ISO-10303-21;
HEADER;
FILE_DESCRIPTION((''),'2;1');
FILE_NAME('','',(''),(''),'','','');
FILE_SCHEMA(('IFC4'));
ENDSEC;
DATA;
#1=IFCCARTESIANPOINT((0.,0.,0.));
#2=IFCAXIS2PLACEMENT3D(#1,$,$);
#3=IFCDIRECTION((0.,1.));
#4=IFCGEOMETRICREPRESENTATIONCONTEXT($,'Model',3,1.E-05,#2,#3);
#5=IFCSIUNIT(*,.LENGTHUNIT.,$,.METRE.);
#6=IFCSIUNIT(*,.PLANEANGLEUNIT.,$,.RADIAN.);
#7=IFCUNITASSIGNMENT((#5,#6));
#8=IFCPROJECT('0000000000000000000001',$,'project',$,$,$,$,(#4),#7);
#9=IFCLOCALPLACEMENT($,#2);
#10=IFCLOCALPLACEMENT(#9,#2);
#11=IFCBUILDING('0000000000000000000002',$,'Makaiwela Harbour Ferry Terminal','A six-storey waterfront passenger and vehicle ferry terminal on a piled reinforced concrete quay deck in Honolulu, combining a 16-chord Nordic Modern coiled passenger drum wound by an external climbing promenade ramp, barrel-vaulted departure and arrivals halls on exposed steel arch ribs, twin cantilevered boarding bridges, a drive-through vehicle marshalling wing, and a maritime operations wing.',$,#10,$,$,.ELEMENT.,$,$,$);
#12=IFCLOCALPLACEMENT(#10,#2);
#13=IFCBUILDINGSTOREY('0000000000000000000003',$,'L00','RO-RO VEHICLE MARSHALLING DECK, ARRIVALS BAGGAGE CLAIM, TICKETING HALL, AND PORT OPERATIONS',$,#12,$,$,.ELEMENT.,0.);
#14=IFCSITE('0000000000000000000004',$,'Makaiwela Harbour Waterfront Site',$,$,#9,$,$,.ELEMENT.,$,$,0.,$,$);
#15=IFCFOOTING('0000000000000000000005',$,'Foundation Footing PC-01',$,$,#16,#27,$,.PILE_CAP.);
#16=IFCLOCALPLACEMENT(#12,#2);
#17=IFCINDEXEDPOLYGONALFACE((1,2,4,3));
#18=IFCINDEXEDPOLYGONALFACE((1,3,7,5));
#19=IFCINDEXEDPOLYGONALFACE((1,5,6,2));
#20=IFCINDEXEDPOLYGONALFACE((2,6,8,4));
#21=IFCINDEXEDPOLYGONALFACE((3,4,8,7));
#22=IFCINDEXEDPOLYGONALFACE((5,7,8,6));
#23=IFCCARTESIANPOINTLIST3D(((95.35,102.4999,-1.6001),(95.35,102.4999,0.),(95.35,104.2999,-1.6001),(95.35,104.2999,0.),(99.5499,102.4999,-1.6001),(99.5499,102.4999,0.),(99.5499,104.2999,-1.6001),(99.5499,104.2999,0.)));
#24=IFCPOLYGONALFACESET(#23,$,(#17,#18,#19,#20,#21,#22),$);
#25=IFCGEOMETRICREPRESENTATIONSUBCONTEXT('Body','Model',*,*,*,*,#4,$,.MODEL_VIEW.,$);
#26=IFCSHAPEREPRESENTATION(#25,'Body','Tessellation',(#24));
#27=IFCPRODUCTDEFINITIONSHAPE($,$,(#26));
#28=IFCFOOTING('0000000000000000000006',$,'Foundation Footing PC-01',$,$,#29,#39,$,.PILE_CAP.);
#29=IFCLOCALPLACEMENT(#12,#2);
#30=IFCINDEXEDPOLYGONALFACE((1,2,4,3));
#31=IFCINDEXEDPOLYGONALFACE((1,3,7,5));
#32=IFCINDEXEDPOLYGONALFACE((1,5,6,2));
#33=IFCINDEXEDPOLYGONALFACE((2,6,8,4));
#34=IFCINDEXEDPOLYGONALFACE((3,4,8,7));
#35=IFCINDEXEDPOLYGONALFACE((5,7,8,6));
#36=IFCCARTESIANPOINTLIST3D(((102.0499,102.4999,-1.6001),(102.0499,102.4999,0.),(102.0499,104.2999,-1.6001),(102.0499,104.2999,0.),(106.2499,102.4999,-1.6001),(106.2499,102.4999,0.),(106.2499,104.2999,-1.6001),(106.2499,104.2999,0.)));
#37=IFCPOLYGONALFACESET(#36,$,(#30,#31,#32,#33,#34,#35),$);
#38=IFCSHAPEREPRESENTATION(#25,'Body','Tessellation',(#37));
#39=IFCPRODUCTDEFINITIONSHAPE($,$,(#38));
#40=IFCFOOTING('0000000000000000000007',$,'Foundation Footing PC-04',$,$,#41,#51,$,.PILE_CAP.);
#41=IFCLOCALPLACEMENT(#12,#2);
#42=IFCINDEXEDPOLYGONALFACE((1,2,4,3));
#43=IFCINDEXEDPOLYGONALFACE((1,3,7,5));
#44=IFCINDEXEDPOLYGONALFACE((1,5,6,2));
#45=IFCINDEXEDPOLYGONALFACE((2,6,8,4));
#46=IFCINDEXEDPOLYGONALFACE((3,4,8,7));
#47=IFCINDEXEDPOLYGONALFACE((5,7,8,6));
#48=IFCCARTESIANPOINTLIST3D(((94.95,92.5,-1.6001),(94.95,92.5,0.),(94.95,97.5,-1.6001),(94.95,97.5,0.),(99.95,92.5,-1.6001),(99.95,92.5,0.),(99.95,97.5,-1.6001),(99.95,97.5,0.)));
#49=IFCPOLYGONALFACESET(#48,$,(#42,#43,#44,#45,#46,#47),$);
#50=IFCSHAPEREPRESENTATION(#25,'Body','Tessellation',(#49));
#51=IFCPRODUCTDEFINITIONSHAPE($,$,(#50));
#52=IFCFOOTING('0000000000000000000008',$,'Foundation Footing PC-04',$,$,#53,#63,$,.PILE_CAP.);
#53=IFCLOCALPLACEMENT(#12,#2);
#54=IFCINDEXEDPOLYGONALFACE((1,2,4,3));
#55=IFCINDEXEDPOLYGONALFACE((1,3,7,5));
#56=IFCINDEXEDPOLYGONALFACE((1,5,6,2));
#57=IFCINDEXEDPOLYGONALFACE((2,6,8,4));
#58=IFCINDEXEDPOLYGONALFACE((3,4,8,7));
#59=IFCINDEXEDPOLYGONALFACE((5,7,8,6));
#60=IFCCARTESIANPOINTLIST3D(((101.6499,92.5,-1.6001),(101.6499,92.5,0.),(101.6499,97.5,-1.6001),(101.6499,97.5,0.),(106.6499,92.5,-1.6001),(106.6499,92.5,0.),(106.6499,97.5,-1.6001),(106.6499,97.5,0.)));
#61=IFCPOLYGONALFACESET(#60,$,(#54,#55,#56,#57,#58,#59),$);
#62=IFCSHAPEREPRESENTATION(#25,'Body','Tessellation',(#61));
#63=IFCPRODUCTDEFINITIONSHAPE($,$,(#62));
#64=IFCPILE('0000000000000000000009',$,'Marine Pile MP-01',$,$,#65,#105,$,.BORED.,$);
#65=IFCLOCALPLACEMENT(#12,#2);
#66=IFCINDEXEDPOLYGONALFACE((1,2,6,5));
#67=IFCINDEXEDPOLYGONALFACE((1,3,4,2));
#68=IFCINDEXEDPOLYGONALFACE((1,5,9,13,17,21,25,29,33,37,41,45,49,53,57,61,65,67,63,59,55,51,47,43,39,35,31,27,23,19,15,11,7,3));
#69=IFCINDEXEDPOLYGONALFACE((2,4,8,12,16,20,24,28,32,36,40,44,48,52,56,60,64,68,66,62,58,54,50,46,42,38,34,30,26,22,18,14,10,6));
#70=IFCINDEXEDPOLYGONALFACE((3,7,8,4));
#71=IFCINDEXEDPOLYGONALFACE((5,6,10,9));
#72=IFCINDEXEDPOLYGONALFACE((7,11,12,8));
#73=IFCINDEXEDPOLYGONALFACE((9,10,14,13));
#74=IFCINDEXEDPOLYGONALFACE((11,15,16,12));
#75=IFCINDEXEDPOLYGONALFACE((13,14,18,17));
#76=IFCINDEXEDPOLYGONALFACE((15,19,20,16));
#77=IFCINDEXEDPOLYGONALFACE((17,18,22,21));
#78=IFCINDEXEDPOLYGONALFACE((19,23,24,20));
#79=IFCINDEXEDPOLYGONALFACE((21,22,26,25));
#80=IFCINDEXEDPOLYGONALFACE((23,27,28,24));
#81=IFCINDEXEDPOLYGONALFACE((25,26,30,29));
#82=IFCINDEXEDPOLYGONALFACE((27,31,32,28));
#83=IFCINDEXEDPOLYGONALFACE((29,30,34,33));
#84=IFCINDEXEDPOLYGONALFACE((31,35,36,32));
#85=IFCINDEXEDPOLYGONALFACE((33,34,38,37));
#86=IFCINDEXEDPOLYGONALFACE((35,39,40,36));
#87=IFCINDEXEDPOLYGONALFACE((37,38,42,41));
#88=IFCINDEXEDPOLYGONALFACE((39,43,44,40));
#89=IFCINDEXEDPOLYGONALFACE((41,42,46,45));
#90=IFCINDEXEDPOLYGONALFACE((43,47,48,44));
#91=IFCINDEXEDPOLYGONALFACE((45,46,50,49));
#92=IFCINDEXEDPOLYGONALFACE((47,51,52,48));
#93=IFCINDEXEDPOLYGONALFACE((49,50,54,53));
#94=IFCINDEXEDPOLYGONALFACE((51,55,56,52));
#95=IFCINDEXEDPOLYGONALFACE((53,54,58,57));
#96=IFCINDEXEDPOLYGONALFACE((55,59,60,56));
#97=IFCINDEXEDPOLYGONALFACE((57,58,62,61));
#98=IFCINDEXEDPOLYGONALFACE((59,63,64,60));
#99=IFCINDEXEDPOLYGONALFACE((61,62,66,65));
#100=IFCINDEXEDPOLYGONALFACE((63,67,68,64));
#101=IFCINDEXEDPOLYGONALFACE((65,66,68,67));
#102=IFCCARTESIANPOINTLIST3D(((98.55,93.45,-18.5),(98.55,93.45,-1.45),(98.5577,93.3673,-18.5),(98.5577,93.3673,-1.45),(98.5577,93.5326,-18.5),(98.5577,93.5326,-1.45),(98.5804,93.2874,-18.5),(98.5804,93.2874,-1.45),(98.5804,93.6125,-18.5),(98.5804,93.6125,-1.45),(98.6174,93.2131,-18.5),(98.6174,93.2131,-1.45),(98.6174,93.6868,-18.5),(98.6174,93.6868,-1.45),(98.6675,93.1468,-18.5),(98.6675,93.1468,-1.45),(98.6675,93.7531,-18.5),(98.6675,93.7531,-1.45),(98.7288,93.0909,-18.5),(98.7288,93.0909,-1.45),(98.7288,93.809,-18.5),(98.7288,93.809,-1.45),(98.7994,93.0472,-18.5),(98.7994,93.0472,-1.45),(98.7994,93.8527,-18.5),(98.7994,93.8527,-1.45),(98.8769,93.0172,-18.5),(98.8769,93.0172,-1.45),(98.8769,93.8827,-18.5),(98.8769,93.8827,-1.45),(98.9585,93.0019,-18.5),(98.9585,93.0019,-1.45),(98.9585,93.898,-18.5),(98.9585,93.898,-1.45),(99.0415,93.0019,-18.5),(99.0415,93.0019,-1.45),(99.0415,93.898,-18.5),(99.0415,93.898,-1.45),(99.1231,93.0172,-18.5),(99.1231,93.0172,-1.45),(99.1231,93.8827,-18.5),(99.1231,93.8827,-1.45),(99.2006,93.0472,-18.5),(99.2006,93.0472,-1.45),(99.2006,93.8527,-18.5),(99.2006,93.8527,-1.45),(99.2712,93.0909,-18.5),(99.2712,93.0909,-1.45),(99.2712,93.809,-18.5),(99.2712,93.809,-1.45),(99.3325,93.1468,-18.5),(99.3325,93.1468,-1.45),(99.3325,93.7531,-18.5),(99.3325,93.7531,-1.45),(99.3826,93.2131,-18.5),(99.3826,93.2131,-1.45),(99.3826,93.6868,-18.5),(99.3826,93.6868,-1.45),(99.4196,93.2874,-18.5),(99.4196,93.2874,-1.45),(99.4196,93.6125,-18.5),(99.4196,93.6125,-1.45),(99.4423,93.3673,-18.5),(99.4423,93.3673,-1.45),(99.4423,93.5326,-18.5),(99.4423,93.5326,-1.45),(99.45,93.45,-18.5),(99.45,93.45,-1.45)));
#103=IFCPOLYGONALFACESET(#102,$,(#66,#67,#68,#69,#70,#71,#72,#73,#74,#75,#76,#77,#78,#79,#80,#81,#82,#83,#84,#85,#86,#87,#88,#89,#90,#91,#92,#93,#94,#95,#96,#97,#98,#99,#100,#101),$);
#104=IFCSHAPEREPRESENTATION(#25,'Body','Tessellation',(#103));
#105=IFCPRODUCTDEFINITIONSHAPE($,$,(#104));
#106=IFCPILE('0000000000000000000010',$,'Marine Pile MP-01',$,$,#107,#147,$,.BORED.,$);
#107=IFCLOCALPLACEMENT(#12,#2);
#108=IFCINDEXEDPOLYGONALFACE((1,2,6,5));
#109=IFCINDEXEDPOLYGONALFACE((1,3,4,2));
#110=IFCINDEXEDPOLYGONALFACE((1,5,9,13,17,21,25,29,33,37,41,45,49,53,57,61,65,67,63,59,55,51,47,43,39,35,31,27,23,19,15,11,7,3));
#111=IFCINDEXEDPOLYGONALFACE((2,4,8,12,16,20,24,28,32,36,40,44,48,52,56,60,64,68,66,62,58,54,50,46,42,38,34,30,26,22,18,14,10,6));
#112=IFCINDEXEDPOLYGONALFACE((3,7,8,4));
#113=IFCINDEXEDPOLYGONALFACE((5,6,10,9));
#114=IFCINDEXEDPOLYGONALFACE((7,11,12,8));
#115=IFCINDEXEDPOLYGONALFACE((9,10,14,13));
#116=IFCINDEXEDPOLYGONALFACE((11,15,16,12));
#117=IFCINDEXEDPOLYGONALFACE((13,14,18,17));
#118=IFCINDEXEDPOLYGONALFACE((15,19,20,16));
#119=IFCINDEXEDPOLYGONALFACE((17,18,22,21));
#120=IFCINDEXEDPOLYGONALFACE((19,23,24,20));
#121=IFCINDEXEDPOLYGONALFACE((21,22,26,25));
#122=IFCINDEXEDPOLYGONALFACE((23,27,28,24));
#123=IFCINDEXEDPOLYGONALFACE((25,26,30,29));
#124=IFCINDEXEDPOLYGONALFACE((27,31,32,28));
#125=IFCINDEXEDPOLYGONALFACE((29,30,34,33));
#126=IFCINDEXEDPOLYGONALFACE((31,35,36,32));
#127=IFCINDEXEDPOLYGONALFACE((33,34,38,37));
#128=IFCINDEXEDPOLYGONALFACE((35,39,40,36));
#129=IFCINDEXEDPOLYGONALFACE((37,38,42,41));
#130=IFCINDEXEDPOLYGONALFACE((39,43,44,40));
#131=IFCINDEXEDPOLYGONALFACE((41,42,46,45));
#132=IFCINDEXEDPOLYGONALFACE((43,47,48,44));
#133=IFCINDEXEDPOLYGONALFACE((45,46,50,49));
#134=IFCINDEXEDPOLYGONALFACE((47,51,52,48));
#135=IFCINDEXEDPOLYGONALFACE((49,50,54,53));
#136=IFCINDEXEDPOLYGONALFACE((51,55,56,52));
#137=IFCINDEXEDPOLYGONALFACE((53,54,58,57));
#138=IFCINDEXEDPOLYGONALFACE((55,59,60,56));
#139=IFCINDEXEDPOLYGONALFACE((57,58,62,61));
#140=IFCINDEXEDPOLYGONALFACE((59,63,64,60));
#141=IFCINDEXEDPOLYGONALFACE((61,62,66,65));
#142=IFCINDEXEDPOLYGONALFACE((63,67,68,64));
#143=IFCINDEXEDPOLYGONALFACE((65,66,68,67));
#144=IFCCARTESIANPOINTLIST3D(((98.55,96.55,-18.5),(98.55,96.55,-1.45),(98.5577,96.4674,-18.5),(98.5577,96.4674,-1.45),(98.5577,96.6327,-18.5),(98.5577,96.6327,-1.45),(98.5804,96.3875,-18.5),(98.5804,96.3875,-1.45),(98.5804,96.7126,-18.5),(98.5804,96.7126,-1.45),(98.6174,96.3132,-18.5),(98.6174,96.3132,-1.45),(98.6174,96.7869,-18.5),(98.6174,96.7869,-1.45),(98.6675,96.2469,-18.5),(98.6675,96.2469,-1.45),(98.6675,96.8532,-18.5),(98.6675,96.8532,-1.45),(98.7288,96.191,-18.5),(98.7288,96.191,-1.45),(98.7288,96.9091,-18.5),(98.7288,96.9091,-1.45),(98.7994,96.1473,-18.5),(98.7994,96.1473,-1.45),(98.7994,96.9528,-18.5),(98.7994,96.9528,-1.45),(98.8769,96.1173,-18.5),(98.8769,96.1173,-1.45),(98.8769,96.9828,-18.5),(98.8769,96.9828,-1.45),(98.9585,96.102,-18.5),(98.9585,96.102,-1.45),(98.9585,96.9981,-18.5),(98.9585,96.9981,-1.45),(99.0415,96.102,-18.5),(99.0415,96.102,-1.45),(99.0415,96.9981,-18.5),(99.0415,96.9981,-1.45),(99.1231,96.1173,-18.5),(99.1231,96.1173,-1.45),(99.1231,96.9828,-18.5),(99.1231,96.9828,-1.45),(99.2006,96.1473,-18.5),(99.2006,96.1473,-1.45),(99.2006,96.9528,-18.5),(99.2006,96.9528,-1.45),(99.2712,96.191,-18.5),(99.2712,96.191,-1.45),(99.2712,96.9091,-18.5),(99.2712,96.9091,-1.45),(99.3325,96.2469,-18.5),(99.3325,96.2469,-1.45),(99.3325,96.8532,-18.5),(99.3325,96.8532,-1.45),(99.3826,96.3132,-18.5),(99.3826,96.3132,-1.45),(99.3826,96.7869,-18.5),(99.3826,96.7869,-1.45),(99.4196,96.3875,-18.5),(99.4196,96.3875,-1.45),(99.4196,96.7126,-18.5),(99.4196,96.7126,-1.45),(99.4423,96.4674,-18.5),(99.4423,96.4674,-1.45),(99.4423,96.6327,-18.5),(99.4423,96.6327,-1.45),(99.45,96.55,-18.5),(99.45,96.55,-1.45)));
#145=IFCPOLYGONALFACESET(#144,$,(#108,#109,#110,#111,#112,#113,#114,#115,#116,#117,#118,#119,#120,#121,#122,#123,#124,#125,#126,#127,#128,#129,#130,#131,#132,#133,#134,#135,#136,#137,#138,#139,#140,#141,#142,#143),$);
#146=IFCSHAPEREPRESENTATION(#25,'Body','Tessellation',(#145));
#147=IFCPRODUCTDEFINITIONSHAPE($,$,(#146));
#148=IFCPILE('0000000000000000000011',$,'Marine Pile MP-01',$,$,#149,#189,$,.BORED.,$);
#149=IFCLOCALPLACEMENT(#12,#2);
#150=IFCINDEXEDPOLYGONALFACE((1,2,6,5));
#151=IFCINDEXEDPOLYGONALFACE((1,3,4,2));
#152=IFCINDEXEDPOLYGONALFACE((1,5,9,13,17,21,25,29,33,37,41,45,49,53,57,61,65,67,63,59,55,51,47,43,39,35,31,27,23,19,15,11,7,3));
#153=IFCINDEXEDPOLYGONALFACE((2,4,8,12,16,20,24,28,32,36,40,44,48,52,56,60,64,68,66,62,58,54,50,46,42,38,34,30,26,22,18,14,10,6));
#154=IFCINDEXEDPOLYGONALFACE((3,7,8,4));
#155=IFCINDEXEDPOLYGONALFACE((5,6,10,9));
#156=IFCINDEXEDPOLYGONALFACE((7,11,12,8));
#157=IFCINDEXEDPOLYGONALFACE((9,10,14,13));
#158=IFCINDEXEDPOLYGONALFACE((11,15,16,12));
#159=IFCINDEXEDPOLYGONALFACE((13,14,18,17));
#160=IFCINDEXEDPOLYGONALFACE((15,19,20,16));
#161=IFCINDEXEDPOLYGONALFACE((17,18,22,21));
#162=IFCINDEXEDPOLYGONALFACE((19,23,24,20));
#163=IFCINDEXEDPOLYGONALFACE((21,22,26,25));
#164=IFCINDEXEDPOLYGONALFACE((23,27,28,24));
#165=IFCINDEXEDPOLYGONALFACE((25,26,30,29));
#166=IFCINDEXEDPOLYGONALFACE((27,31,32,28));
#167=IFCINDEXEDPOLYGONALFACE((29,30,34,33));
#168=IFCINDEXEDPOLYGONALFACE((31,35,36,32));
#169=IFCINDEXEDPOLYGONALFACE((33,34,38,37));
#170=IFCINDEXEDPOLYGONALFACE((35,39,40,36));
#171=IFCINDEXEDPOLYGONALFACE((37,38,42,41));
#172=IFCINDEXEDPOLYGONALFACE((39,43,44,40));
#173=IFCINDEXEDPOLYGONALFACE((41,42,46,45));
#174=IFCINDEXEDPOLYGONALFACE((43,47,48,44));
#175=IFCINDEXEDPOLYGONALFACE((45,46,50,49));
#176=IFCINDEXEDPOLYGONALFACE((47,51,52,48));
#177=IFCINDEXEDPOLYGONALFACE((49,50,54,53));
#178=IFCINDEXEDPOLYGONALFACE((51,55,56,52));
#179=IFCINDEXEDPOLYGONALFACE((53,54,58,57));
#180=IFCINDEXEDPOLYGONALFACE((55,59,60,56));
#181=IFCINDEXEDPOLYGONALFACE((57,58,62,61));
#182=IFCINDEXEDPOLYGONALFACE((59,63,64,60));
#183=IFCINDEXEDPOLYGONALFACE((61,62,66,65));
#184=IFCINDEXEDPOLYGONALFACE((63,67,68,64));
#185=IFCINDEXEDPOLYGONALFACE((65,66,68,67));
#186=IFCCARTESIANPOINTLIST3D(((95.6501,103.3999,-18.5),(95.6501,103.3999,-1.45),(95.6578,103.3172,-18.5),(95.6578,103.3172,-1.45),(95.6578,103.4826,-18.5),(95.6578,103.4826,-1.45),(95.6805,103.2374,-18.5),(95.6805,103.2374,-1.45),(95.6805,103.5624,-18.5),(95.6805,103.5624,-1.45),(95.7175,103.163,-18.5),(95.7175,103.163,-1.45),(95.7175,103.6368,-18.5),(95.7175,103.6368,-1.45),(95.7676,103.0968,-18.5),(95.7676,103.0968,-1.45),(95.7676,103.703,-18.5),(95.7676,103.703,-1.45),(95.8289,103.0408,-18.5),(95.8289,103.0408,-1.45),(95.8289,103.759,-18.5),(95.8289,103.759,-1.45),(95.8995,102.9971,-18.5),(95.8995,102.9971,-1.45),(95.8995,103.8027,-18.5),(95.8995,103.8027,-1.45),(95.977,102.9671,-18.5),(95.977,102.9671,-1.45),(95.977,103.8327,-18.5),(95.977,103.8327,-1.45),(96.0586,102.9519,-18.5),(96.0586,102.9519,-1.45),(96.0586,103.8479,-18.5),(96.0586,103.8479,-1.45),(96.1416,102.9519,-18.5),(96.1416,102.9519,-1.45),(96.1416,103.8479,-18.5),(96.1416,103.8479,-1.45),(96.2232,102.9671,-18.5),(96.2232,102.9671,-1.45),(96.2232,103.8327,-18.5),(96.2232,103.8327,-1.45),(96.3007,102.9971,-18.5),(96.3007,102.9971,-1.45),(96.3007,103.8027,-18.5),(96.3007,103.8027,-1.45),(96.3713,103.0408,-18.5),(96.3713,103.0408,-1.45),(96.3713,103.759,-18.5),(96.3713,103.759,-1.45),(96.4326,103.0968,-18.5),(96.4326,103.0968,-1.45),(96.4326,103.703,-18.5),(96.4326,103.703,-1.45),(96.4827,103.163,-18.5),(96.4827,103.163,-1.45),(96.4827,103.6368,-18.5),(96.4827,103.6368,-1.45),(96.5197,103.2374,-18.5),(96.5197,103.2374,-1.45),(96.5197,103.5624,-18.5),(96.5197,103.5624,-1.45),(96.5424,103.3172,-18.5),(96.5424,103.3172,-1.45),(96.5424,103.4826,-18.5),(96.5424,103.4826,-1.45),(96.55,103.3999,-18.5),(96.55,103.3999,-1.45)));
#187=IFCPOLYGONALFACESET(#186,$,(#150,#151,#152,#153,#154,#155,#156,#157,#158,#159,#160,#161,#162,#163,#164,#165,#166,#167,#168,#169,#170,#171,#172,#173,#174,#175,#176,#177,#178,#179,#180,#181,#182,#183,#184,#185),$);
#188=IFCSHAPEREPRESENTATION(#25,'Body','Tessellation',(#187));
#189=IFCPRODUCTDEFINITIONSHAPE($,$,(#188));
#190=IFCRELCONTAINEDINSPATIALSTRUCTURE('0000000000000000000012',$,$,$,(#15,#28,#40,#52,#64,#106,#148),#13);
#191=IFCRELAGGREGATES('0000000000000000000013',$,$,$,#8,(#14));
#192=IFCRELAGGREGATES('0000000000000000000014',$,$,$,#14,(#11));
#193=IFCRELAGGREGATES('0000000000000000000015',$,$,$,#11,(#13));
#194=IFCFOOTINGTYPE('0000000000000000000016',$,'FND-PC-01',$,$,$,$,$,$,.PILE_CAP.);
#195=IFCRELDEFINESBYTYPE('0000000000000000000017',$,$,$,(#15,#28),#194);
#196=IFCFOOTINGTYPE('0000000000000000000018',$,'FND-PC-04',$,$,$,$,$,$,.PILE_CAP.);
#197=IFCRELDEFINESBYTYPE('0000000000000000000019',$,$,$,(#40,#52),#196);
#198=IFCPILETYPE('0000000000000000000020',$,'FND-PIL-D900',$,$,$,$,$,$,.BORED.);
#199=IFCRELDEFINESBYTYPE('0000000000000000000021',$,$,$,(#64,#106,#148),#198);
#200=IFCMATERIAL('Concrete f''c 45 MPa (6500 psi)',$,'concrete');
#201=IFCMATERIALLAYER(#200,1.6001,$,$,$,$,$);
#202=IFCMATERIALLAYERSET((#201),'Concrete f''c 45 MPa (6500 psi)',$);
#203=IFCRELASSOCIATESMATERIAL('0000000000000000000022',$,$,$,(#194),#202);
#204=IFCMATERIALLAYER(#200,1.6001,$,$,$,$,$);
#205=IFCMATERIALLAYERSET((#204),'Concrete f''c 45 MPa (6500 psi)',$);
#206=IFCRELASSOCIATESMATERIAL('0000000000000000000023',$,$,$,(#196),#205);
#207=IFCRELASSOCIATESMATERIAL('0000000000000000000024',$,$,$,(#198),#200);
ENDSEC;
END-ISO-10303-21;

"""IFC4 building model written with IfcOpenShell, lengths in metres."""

from ifc_helpers import new_model, si_unit, direction, frame, origin, origin_2d, place, context, subcontext, project, spatial, rectangle, circle, extrude, material, layer, layer_set, material_profile, profile_set, type_object, element, save


model = new_model("IFC4")

# Units and contexts
model_context = context("Model", 3, precision=1e-05, world=origin(), true_north=direction((0.0, 1.0)))
body_context = subcontext(model_context, "Body", "Model", "MODEL_VIEW")
ifc_project = project(units=[si_unit("LENGTHUNIT", "METRE"), si_unit("PLANEANGLEUNIT", "RADIAN")], contexts=[model_context])

# Site, building, storey
site_placement = place(None, origin())
site = spatial("IfcSite", under=ifc_project, at=site_placement, Name="Makaiwela Harbour Waterfront Site", CompositionType="ELEMENT", RefElevation=0.0)
building_placement = place(site_placement, origin())
building = spatial("IfcBuilding", under=site, at=building_placement, Name="Makaiwela Harbour Ferry Terminal", Description="A six-storey waterfront passenger and vehicle ferry terminal on a piled reinforced concrete quay deck in Honolulu, combining a 16-chord Nordic Modern coiled passenger drum wound by an external climbing promenade ramp, barrel-vaulted departure and arrivals halls on exposed steel arch ribs, twin cantilevered boarding bridges, a drive-through vehicle marshalling wing, and a maritime operations wing.", CompositionType="ELEMENT")
storey_placement = place(building_placement, origin())
storey = spatial("IfcBuildingStorey", under=building, at=storey_placement, Name="L00", Description="RO-RO VEHICLE MARSHALLING DECK, ARRIVALS BAGGAGE CLAIM, TICKETING HALL, AND PORT OPERATIONS", CompositionType="ELEMENT", Elevation=0.0)

# Footings
ifc_material_1 = material(Name="Concrete f'c 45 MPa (6500 psi)", Category="concrete")
ifc_layer_1 = layer(ifc_material_1, 1.6001)
ifc_layer_set_1 = layer_set([ifc_layer_1], Name="Concrete f'c 45 MPa (6500 psi)")
footing_type_1 = type_object("IfcFootingType", Name="FND-PC-01", PredefinedType="PILE_CAP", material=ifc_layer_set_1)
for number, where, z_axis, x_axis, name in (
    (1, (97.45, 103.3999, -1.6001), (0.0, 0.0, 1.0), (1.0, 0.0, 0.0), "Foundation Footing PC-01"),
    (2, (104.1499, 103.3999, -1.6001), (0.0, 0.0, 1.0), (1.0, 0.0, 0.0), "Foundation Footing PC-01"),
):
    element("IfcFooting", number, at=place(storey_placement, frame(where, z_axis=z_axis, x_axis=x_axis)), inside=storey, type_object=footing_type_1, Name=name, PredefinedType="PILE_CAP", context=body_context, shape_type="SweptSolid", body=[
        extrude(rectangle(XDim=4.2, YDim=1.8, at=origin_2d()), origin(), (0.0, 0.0, 1.0), 1.6001),
    ])
ifc_layer_2 = layer(ifc_material_1, 1.6001)
ifc_layer_set_2 = layer_set([ifc_layer_2], Name="Concrete f'c 45 MPa (6500 psi)")
footing_type_2 = type_object("IfcFootingType", Name="FND-PC-04", PredefinedType="PILE_CAP", material=ifc_layer_set_2)
for number, where, z_axis, x_axis, name in (
    (3, (97.45, 95.0, -1.6001), (0.0, 0.0, 1.0), (1.0, 0.0, 0.0), "Foundation Footing PC-04"),
    (4, (104.1499, 95.0, -1.6001), (0.0, 0.0, 1.0), (1.0, 0.0, 0.0), "Foundation Footing PC-04"),
):
    element("IfcFooting", number, at=place(storey_placement, frame(where, z_axis=z_axis, x_axis=x_axis)), inside=storey, type_object=footing_type_2, Name=name, PredefinedType="PILE_CAP", context=body_context, shape_type="SweptSolid", body=[
        extrude(rectangle(XDim=5.0, YDim=5.0, at=origin_2d()), origin(), (0.0, 0.0, 1.0), 1.6001),
    ])

# Piles
ifc_material_profile_1 = material_profile(ifc_material_1, circle(Radius=0.45, at=origin_2d()), Name="PILE-D900")
ifc_profile_set_1 = profile_set([ifc_material_profile_1], Name="Concrete f'c 45 MPa (6500 psi)")
pile_type = type_object("IfcPileType", Name="FND-PIL-D900", PredefinedType="BORED", material=ifc_profile_set_1)
for number, where, z_axis, x_axis, name in (
    (5, (99.0, 93.45, -1.45), (0.0, 0.0, -1.0), (1.0, 0.0, 0.0), "Marine Pile MP-01"),
    (6, (99.0, 96.55, -1.45), (0.0, 0.0, -1.0), (1.0, 0.0, 0.0), "Marine Pile MP-01"),
    (7, (96.1001, 103.3999, -1.45), (0.0, 0.0, -1.0), (1.0, 0.0, 0.0), "Marine Pile MP-01"),
):
    element("IfcPile", number, at=place(storey_placement, frame(where, z_axis=z_axis, x_axis=x_axis)), inside=storey, type_object=pile_type, Name=name, PredefinedType="BORED", context=body_context, shape_type="SweptSolid", body=[
        extrude(circle(Radius=0.45, at=origin_2d()), origin(), (0.0, 0.0, 1.0), 17.05),
    ])

save(model, "model.ifc")
